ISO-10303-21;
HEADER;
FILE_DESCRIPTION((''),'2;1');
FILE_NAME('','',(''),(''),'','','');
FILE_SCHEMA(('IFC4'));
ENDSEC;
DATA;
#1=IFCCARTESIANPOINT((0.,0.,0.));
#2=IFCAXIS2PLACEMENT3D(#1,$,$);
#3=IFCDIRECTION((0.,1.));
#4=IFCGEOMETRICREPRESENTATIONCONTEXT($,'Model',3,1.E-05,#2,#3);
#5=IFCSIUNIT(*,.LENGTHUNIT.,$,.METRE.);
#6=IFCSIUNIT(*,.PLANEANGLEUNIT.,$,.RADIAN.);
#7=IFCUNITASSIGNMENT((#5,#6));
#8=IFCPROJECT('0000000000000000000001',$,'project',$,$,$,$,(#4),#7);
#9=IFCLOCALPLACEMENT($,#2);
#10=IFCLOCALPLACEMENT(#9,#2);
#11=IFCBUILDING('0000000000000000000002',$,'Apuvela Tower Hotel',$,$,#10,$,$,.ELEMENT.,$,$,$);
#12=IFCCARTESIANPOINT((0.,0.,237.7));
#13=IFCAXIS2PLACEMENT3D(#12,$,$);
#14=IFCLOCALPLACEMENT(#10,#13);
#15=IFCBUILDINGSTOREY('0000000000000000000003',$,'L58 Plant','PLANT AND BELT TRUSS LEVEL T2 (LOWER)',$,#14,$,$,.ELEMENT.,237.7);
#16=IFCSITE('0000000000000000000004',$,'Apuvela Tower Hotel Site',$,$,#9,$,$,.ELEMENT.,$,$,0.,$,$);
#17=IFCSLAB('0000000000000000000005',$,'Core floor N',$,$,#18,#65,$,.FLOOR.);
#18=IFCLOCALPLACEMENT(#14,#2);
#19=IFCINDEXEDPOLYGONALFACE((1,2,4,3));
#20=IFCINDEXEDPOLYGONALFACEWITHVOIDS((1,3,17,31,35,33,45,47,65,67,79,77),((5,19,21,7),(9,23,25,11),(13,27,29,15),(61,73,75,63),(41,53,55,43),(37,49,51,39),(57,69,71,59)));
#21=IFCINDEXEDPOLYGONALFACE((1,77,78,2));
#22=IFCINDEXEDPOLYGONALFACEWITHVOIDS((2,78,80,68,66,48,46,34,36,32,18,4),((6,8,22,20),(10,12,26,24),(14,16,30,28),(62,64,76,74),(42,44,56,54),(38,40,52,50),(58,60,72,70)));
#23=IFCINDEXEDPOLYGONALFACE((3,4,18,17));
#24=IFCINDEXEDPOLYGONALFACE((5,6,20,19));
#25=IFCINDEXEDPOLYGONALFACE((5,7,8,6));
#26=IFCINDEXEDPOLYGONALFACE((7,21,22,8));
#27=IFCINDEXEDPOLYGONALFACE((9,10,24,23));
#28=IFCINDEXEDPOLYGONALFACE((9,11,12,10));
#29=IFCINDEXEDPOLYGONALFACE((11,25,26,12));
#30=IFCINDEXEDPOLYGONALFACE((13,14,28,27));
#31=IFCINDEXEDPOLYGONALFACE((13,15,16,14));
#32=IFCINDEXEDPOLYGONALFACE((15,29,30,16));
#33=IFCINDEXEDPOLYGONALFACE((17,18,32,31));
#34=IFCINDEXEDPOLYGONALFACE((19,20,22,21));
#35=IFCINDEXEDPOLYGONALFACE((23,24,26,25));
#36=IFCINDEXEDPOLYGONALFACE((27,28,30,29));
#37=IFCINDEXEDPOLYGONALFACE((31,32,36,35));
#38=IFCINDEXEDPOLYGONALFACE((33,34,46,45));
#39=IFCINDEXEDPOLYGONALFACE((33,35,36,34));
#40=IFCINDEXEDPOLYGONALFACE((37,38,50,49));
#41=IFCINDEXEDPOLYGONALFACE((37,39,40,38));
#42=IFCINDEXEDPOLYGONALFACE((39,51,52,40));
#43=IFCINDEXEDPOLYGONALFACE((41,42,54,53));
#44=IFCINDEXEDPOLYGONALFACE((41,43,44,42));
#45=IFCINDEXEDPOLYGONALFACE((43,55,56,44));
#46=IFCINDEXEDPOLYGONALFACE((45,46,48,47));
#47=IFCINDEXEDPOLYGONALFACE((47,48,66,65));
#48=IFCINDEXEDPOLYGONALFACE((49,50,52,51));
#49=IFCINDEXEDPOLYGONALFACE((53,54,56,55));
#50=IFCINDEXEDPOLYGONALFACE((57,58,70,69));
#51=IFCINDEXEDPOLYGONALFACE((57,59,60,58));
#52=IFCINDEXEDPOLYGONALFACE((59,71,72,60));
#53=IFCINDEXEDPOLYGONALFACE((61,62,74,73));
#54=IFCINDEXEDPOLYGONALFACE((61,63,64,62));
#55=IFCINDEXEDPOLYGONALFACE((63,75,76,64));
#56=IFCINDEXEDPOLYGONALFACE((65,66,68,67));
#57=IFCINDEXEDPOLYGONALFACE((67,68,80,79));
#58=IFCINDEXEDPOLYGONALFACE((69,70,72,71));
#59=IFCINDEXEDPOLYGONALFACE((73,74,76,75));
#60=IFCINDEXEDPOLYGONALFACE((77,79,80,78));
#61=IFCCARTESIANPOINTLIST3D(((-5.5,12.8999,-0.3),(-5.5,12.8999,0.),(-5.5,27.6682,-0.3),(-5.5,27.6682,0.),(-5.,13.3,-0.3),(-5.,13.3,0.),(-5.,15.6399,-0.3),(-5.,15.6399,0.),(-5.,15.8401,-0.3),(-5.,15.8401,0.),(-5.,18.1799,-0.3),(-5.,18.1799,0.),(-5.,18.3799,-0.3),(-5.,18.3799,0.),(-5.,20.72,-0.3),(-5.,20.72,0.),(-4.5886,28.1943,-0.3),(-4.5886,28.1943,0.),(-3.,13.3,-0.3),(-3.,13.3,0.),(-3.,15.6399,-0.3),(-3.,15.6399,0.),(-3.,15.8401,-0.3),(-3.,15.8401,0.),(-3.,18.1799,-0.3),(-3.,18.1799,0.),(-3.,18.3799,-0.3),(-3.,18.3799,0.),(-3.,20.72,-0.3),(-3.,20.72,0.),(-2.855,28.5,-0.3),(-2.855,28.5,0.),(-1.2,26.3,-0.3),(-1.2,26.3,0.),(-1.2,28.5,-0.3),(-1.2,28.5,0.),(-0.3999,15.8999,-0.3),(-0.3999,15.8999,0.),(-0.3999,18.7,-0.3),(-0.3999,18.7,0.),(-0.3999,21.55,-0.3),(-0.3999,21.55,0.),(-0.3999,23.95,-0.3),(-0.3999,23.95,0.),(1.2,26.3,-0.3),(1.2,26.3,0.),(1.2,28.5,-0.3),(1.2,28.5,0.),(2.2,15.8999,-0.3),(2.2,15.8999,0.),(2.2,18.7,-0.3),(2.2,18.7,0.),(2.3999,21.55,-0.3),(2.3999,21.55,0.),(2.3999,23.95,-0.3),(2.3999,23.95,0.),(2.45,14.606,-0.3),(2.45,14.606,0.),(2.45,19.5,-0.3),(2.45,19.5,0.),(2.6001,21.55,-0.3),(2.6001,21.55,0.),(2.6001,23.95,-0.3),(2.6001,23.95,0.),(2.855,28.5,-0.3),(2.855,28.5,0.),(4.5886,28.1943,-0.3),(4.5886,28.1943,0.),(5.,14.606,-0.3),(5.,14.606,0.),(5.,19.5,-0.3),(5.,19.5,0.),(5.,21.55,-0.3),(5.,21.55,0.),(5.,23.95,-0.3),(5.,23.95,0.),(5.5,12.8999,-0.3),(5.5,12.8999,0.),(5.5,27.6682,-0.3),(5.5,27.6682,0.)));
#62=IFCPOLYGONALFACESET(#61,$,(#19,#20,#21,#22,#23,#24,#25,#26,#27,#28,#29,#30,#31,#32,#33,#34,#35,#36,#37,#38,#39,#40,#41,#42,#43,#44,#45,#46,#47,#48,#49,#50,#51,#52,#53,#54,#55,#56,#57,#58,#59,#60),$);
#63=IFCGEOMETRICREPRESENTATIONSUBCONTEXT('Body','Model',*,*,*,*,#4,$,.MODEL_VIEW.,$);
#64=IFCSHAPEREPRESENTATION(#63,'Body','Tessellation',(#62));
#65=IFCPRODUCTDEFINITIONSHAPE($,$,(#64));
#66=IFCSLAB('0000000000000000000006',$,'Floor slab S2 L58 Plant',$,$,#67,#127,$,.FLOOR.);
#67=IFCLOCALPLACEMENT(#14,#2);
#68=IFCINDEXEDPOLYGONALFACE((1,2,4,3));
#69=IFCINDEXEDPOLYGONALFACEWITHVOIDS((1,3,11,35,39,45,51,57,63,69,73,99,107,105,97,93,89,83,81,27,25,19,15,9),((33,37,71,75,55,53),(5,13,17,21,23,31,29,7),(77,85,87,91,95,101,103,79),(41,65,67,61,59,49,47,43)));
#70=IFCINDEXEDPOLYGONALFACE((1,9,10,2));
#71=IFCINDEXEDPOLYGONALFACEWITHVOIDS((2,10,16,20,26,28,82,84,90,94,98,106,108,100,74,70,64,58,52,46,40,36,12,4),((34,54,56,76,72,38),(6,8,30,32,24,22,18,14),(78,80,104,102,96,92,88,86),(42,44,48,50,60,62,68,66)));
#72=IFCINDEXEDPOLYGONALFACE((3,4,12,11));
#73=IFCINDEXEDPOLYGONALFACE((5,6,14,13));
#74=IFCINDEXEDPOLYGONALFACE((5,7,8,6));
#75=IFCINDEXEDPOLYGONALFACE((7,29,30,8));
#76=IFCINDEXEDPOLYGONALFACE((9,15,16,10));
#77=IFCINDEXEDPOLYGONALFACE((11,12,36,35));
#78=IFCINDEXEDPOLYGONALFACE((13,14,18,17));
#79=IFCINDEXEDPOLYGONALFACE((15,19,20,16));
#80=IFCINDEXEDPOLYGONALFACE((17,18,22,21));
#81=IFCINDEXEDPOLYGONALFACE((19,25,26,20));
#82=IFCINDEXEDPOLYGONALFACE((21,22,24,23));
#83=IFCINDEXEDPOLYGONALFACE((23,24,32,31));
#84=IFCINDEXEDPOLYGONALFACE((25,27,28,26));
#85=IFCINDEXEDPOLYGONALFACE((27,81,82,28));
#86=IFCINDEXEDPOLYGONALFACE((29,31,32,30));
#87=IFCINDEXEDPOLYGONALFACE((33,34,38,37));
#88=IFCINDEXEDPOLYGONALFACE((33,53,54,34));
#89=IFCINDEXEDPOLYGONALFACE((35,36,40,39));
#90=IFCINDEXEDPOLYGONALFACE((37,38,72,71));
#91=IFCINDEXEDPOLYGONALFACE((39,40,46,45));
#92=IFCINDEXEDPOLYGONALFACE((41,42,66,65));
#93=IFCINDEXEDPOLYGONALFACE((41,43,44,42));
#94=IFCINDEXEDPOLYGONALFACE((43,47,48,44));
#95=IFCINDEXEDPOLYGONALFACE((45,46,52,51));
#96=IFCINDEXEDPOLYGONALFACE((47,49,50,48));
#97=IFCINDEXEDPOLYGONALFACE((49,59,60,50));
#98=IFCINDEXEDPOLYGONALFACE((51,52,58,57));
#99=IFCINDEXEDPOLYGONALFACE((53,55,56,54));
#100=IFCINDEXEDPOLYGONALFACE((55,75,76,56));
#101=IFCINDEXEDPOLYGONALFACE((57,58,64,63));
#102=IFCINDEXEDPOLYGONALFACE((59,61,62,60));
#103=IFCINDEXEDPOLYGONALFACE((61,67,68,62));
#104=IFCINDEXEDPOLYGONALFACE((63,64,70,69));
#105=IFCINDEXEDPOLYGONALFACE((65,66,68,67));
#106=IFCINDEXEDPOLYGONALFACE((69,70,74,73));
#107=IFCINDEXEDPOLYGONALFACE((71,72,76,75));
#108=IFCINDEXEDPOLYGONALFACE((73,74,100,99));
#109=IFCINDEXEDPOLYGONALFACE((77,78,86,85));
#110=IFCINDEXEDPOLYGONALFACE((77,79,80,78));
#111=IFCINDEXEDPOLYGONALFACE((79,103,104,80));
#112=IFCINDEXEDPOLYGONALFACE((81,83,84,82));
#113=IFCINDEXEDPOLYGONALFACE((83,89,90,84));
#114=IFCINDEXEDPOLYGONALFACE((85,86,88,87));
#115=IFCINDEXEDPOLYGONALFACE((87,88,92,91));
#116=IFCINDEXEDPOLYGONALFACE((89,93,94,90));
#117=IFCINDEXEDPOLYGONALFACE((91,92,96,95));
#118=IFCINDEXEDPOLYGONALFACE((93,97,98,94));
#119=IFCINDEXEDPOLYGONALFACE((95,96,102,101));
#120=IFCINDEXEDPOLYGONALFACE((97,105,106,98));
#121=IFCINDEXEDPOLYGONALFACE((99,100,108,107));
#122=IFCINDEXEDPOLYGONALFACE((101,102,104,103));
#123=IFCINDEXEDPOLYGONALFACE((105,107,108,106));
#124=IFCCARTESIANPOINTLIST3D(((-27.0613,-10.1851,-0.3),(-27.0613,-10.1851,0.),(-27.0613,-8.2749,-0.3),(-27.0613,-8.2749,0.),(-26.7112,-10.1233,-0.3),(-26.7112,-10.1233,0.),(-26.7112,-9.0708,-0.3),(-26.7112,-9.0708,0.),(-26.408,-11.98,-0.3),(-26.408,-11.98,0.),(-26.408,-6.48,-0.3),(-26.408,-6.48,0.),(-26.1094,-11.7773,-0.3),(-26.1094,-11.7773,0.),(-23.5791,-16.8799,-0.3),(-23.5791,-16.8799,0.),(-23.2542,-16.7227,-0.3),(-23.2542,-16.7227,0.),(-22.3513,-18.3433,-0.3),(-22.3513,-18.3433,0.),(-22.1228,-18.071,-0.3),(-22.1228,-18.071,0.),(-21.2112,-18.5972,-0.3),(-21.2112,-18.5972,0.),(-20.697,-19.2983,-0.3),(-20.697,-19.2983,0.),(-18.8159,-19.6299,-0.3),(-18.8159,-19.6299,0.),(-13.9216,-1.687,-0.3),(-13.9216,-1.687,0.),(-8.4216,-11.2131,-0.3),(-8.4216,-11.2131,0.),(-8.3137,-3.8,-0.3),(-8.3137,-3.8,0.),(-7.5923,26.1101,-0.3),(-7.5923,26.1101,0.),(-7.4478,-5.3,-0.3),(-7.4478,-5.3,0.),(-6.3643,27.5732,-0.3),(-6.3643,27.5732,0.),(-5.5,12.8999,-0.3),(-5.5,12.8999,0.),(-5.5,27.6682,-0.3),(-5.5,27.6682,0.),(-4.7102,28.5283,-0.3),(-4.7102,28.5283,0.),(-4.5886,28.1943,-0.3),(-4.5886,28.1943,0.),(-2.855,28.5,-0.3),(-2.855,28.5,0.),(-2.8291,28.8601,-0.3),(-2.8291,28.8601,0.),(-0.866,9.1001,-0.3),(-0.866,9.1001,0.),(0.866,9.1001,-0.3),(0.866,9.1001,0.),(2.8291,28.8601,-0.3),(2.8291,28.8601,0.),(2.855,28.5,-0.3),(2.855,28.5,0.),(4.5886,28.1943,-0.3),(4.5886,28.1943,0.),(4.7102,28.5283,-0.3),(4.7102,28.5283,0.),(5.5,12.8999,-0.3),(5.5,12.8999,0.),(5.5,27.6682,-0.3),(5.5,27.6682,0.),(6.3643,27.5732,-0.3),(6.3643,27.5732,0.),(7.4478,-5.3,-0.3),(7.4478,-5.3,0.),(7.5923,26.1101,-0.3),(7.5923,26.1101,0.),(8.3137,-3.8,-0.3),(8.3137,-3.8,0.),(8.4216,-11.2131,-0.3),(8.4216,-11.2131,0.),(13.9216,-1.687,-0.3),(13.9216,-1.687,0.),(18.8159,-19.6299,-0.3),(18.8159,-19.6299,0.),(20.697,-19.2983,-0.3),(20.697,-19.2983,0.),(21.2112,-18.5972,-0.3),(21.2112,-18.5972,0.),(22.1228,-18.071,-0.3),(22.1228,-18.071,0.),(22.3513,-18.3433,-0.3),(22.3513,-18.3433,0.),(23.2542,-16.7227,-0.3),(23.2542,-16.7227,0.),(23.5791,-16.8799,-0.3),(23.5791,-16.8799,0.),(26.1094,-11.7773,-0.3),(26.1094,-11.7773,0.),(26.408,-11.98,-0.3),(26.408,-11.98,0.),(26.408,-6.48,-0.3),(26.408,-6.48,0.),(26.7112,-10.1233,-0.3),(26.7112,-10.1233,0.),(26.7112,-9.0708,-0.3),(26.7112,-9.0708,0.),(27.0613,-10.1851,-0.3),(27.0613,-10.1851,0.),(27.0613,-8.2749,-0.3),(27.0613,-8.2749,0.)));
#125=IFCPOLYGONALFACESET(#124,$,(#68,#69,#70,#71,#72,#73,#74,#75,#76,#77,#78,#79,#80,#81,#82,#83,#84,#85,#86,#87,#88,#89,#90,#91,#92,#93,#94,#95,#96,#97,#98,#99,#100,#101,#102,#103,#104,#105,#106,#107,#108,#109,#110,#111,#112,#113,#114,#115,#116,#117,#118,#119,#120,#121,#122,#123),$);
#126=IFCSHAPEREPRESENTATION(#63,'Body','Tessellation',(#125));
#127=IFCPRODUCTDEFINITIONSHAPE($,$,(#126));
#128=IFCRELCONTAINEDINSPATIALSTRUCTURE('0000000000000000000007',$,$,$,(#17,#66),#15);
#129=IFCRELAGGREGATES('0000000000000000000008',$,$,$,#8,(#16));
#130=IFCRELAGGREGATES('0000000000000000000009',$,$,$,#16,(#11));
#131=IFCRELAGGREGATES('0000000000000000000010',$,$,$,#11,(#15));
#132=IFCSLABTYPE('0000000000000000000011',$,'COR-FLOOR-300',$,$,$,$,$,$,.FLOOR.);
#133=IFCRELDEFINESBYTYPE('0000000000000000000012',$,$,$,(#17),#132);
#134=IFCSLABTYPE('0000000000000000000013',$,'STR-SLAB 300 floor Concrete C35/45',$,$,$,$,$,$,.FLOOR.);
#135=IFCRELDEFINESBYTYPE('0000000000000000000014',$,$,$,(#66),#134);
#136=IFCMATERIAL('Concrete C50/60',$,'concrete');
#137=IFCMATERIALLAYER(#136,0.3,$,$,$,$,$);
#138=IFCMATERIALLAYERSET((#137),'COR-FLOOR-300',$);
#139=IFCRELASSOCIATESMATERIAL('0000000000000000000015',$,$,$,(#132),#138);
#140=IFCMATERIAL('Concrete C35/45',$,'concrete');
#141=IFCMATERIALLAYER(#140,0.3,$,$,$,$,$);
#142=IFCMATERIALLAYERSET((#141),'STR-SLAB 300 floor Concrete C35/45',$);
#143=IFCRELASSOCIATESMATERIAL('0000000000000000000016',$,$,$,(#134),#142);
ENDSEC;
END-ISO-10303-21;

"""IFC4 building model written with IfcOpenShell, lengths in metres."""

from ifc_helpers import new_model, si_unit, direction, frame, origin, place, context, subcontext, project, spatial, polyline, outline, extrude, material, layer, layer_set, type_object, element, save


model = new_model("IFC4")

# Units and contexts
model_context = context("Model", 3, precision=1e-05, world=origin(), true_north=direction((0.0, 1.0)))
body_context = subcontext(model_context, "Body", "Model", "MODEL_VIEW")
ifc_project = project(units=[si_unit("LENGTHUNIT", "METRE"), si_unit("PLANEANGLEUNIT", "RADIAN")], contexts=[model_context])

# Site, building, storey
site_placement = place(None, origin())
site = spatial("IfcSite", under=ifc_project, at=site_placement, Name="Apuvela Tower Hotel Site", CompositionType="ELEMENT", RefElevation=0.0)
building_placement = place(site_placement, origin())
building = spatial("IfcBuilding", under=site, at=building_placement, Name="Apuvela Tower Hotel", CompositionType="ELEMENT")
storey_placement = place(building_placement, frame((0.0, 0.0, 237.7)))
storey = spatial("IfcBuildingStorey", under=building, at=storey_placement, Name="L58 Plant", Description="PLANT AND BELT TRUSS LEVEL T2 (LOWER)", CompositionType="ELEMENT", Elevation=237.7)

# Slabs
ifc_material_1 = material(Name="Concrete C50/60", Category="concrete")
ifc_layer_1 = layer(ifc_material_1, 0.3)
ifc_layer_set_1 = layer_set([ifc_layer_1], Name="COR-FLOOR-300")
slab_type_1 = type_object("IfcSlabType", Name="COR-FLOOR-300", PredefinedType="FLOOR", material=ifc_layer_set_1)
slab_1_placement = place(storey_placement, frame((0.0, 0.0, -0.3)))
element("IfcSlab", 1, at=slab_1_placement, inside=storey, type_object=slab_type_1, Name="Core floor N", PredefinedType="FLOOR", context=body_context, shape_type="SweptSolid", body=[
    extrude(outline(polyline([(5.5, 27.6682), (4.5886, 28.1943), (2.855, 28.5), (1.2, 28.5), (1.2, 26.3), (-1.2, 26.3), (-1.2, 28.5), (-2.855, 28.5), (-4.5886, 28.1943), (-5.5, 27.6682), (-5.5, 12.8999), (5.5, 12.8999), (5.5, 27.6682)]), holes=[polyline([(-3.0, 13.3), (-5.0, 13.3), (-5.0, 15.6399), (-3.0, 15.6399), (-3.0, 13.3)]), polyline([(-3.0, 18.1799), (-3.0, 15.8401), (-5.0, 15.8401), (-5.0, 18.1799), (-3.0, 18.1799)]), polyline([(5.0, 19.5), (5.0, 14.606), (2.45, 14.606), (2.45, 19.5), (5.0, 19.5)]), polyline([(2.2, 18.7), (2.2, 15.8999), (-0.3999, 15.8999), (-0.3999, 18.7), (2.2, 18.7)]), polyline([(-3.0, 20.72), (-3.0, 18.3799), (-5.0, 18.3799), (-5.0, 20.72), (-3.0, 20.72)]), polyline([(5.0, 23.95), (5.0, 21.55), (2.6001, 21.55), (2.6001, 23.95), (5.0, 23.95)]), polyline([(2.3999, 23.95), (2.3999, 21.55), (-0.3999, 21.55), (-0.3999, 23.95), (2.3999, 23.95)])]), origin(), (0.0, 0.0, 1.0), 0.3),
])
ifc_material_2 = material(Name="Concrete C35/45", Category="concrete")
ifc_layer_2 = layer(ifc_material_2, 0.3)
ifc_layer_set_2 = layer_set([ifc_layer_2], Name="STR-SLAB 300 floor Concrete C35/45")
slab_type_2 = type_object("IfcSlabType", Name="STR-SLAB 300 floor Concrete C35/45", PredefinedType="FLOOR", material=ifc_layer_set_2)
slab_2_placement = place(storey_placement, frame((0.0, 0.0, -0.3)))
element("IfcSlab", 2, at=slab_2_placement, inside=storey, type_object=slab_type_2, Name="Floor slab S2 L58 Plant", PredefinedType="FLOOR", context=body_context, shape_type="SweptSolid", body=[
    extrude(outline(polyline([(7.5923, 26.1101), (6.3643, 27.5732), (4.7102, 28.5283), (2.8291, 28.8601), (-2.8291, 28.8601), (-4.7102, 28.5283), (-6.3643, 27.5732), (-7.5923, 26.1101), (-26.408, -6.48), (-27.0613, -8.2749), (-27.0613, -10.1851), (-26.408, -11.98), (-23.5791, -16.8799), (-22.3513, -18.3433), (-20.697, -19.2983), (-18.8159, -19.6299), (18.8159, -19.6299), (20.697, -19.2983), (22.3513, -18.3433), (23.5791, -16.8799), (26.408, -11.98), (27.0613, -10.1851), (27.0613, -8.2749), (26.408, -6.48), (7.5923, 26.1101)]), holes=[polyline([(0.866, 9.1001), (-0.866, 9.1001), (-8.3137, -3.8), (-7.4478, -5.3), (7.4478, -5.3), (8.3137, -3.8), (0.866, 9.1001)]), polyline([(-5.5, 12.8999), (-5.5, 27.6682), (-4.5886, 28.1943), (-2.855, 28.5), (2.855, 28.5), (4.5886, 28.1943), (5.5, 27.6682), (5.5, 12.8999), (-5.5, 12.8999)]), polyline([(-8.4216, -11.2131), (-21.2112, -18.5972), (-22.1228, -18.071), (-23.2542, -16.7227), (-26.1094, -11.7773), (-26.7112, -10.1233), (-26.7112, -9.0708), (-13.9216, -1.687), (-8.4216, -11.2131)]), polyline([(13.9216, -1.687), (26.7112, -9.0708), (26.7112, -10.1233), (26.1094, -11.7773), (23.2542, -16.7227), (22.1228, -18.071), (21.2112, -18.5972), (8.4216, -11.2131), (13.9216, -1.687)])]), origin(), (0.0, 0.0, 1.0), 0.3),
])

save(model, "model.ifc")
